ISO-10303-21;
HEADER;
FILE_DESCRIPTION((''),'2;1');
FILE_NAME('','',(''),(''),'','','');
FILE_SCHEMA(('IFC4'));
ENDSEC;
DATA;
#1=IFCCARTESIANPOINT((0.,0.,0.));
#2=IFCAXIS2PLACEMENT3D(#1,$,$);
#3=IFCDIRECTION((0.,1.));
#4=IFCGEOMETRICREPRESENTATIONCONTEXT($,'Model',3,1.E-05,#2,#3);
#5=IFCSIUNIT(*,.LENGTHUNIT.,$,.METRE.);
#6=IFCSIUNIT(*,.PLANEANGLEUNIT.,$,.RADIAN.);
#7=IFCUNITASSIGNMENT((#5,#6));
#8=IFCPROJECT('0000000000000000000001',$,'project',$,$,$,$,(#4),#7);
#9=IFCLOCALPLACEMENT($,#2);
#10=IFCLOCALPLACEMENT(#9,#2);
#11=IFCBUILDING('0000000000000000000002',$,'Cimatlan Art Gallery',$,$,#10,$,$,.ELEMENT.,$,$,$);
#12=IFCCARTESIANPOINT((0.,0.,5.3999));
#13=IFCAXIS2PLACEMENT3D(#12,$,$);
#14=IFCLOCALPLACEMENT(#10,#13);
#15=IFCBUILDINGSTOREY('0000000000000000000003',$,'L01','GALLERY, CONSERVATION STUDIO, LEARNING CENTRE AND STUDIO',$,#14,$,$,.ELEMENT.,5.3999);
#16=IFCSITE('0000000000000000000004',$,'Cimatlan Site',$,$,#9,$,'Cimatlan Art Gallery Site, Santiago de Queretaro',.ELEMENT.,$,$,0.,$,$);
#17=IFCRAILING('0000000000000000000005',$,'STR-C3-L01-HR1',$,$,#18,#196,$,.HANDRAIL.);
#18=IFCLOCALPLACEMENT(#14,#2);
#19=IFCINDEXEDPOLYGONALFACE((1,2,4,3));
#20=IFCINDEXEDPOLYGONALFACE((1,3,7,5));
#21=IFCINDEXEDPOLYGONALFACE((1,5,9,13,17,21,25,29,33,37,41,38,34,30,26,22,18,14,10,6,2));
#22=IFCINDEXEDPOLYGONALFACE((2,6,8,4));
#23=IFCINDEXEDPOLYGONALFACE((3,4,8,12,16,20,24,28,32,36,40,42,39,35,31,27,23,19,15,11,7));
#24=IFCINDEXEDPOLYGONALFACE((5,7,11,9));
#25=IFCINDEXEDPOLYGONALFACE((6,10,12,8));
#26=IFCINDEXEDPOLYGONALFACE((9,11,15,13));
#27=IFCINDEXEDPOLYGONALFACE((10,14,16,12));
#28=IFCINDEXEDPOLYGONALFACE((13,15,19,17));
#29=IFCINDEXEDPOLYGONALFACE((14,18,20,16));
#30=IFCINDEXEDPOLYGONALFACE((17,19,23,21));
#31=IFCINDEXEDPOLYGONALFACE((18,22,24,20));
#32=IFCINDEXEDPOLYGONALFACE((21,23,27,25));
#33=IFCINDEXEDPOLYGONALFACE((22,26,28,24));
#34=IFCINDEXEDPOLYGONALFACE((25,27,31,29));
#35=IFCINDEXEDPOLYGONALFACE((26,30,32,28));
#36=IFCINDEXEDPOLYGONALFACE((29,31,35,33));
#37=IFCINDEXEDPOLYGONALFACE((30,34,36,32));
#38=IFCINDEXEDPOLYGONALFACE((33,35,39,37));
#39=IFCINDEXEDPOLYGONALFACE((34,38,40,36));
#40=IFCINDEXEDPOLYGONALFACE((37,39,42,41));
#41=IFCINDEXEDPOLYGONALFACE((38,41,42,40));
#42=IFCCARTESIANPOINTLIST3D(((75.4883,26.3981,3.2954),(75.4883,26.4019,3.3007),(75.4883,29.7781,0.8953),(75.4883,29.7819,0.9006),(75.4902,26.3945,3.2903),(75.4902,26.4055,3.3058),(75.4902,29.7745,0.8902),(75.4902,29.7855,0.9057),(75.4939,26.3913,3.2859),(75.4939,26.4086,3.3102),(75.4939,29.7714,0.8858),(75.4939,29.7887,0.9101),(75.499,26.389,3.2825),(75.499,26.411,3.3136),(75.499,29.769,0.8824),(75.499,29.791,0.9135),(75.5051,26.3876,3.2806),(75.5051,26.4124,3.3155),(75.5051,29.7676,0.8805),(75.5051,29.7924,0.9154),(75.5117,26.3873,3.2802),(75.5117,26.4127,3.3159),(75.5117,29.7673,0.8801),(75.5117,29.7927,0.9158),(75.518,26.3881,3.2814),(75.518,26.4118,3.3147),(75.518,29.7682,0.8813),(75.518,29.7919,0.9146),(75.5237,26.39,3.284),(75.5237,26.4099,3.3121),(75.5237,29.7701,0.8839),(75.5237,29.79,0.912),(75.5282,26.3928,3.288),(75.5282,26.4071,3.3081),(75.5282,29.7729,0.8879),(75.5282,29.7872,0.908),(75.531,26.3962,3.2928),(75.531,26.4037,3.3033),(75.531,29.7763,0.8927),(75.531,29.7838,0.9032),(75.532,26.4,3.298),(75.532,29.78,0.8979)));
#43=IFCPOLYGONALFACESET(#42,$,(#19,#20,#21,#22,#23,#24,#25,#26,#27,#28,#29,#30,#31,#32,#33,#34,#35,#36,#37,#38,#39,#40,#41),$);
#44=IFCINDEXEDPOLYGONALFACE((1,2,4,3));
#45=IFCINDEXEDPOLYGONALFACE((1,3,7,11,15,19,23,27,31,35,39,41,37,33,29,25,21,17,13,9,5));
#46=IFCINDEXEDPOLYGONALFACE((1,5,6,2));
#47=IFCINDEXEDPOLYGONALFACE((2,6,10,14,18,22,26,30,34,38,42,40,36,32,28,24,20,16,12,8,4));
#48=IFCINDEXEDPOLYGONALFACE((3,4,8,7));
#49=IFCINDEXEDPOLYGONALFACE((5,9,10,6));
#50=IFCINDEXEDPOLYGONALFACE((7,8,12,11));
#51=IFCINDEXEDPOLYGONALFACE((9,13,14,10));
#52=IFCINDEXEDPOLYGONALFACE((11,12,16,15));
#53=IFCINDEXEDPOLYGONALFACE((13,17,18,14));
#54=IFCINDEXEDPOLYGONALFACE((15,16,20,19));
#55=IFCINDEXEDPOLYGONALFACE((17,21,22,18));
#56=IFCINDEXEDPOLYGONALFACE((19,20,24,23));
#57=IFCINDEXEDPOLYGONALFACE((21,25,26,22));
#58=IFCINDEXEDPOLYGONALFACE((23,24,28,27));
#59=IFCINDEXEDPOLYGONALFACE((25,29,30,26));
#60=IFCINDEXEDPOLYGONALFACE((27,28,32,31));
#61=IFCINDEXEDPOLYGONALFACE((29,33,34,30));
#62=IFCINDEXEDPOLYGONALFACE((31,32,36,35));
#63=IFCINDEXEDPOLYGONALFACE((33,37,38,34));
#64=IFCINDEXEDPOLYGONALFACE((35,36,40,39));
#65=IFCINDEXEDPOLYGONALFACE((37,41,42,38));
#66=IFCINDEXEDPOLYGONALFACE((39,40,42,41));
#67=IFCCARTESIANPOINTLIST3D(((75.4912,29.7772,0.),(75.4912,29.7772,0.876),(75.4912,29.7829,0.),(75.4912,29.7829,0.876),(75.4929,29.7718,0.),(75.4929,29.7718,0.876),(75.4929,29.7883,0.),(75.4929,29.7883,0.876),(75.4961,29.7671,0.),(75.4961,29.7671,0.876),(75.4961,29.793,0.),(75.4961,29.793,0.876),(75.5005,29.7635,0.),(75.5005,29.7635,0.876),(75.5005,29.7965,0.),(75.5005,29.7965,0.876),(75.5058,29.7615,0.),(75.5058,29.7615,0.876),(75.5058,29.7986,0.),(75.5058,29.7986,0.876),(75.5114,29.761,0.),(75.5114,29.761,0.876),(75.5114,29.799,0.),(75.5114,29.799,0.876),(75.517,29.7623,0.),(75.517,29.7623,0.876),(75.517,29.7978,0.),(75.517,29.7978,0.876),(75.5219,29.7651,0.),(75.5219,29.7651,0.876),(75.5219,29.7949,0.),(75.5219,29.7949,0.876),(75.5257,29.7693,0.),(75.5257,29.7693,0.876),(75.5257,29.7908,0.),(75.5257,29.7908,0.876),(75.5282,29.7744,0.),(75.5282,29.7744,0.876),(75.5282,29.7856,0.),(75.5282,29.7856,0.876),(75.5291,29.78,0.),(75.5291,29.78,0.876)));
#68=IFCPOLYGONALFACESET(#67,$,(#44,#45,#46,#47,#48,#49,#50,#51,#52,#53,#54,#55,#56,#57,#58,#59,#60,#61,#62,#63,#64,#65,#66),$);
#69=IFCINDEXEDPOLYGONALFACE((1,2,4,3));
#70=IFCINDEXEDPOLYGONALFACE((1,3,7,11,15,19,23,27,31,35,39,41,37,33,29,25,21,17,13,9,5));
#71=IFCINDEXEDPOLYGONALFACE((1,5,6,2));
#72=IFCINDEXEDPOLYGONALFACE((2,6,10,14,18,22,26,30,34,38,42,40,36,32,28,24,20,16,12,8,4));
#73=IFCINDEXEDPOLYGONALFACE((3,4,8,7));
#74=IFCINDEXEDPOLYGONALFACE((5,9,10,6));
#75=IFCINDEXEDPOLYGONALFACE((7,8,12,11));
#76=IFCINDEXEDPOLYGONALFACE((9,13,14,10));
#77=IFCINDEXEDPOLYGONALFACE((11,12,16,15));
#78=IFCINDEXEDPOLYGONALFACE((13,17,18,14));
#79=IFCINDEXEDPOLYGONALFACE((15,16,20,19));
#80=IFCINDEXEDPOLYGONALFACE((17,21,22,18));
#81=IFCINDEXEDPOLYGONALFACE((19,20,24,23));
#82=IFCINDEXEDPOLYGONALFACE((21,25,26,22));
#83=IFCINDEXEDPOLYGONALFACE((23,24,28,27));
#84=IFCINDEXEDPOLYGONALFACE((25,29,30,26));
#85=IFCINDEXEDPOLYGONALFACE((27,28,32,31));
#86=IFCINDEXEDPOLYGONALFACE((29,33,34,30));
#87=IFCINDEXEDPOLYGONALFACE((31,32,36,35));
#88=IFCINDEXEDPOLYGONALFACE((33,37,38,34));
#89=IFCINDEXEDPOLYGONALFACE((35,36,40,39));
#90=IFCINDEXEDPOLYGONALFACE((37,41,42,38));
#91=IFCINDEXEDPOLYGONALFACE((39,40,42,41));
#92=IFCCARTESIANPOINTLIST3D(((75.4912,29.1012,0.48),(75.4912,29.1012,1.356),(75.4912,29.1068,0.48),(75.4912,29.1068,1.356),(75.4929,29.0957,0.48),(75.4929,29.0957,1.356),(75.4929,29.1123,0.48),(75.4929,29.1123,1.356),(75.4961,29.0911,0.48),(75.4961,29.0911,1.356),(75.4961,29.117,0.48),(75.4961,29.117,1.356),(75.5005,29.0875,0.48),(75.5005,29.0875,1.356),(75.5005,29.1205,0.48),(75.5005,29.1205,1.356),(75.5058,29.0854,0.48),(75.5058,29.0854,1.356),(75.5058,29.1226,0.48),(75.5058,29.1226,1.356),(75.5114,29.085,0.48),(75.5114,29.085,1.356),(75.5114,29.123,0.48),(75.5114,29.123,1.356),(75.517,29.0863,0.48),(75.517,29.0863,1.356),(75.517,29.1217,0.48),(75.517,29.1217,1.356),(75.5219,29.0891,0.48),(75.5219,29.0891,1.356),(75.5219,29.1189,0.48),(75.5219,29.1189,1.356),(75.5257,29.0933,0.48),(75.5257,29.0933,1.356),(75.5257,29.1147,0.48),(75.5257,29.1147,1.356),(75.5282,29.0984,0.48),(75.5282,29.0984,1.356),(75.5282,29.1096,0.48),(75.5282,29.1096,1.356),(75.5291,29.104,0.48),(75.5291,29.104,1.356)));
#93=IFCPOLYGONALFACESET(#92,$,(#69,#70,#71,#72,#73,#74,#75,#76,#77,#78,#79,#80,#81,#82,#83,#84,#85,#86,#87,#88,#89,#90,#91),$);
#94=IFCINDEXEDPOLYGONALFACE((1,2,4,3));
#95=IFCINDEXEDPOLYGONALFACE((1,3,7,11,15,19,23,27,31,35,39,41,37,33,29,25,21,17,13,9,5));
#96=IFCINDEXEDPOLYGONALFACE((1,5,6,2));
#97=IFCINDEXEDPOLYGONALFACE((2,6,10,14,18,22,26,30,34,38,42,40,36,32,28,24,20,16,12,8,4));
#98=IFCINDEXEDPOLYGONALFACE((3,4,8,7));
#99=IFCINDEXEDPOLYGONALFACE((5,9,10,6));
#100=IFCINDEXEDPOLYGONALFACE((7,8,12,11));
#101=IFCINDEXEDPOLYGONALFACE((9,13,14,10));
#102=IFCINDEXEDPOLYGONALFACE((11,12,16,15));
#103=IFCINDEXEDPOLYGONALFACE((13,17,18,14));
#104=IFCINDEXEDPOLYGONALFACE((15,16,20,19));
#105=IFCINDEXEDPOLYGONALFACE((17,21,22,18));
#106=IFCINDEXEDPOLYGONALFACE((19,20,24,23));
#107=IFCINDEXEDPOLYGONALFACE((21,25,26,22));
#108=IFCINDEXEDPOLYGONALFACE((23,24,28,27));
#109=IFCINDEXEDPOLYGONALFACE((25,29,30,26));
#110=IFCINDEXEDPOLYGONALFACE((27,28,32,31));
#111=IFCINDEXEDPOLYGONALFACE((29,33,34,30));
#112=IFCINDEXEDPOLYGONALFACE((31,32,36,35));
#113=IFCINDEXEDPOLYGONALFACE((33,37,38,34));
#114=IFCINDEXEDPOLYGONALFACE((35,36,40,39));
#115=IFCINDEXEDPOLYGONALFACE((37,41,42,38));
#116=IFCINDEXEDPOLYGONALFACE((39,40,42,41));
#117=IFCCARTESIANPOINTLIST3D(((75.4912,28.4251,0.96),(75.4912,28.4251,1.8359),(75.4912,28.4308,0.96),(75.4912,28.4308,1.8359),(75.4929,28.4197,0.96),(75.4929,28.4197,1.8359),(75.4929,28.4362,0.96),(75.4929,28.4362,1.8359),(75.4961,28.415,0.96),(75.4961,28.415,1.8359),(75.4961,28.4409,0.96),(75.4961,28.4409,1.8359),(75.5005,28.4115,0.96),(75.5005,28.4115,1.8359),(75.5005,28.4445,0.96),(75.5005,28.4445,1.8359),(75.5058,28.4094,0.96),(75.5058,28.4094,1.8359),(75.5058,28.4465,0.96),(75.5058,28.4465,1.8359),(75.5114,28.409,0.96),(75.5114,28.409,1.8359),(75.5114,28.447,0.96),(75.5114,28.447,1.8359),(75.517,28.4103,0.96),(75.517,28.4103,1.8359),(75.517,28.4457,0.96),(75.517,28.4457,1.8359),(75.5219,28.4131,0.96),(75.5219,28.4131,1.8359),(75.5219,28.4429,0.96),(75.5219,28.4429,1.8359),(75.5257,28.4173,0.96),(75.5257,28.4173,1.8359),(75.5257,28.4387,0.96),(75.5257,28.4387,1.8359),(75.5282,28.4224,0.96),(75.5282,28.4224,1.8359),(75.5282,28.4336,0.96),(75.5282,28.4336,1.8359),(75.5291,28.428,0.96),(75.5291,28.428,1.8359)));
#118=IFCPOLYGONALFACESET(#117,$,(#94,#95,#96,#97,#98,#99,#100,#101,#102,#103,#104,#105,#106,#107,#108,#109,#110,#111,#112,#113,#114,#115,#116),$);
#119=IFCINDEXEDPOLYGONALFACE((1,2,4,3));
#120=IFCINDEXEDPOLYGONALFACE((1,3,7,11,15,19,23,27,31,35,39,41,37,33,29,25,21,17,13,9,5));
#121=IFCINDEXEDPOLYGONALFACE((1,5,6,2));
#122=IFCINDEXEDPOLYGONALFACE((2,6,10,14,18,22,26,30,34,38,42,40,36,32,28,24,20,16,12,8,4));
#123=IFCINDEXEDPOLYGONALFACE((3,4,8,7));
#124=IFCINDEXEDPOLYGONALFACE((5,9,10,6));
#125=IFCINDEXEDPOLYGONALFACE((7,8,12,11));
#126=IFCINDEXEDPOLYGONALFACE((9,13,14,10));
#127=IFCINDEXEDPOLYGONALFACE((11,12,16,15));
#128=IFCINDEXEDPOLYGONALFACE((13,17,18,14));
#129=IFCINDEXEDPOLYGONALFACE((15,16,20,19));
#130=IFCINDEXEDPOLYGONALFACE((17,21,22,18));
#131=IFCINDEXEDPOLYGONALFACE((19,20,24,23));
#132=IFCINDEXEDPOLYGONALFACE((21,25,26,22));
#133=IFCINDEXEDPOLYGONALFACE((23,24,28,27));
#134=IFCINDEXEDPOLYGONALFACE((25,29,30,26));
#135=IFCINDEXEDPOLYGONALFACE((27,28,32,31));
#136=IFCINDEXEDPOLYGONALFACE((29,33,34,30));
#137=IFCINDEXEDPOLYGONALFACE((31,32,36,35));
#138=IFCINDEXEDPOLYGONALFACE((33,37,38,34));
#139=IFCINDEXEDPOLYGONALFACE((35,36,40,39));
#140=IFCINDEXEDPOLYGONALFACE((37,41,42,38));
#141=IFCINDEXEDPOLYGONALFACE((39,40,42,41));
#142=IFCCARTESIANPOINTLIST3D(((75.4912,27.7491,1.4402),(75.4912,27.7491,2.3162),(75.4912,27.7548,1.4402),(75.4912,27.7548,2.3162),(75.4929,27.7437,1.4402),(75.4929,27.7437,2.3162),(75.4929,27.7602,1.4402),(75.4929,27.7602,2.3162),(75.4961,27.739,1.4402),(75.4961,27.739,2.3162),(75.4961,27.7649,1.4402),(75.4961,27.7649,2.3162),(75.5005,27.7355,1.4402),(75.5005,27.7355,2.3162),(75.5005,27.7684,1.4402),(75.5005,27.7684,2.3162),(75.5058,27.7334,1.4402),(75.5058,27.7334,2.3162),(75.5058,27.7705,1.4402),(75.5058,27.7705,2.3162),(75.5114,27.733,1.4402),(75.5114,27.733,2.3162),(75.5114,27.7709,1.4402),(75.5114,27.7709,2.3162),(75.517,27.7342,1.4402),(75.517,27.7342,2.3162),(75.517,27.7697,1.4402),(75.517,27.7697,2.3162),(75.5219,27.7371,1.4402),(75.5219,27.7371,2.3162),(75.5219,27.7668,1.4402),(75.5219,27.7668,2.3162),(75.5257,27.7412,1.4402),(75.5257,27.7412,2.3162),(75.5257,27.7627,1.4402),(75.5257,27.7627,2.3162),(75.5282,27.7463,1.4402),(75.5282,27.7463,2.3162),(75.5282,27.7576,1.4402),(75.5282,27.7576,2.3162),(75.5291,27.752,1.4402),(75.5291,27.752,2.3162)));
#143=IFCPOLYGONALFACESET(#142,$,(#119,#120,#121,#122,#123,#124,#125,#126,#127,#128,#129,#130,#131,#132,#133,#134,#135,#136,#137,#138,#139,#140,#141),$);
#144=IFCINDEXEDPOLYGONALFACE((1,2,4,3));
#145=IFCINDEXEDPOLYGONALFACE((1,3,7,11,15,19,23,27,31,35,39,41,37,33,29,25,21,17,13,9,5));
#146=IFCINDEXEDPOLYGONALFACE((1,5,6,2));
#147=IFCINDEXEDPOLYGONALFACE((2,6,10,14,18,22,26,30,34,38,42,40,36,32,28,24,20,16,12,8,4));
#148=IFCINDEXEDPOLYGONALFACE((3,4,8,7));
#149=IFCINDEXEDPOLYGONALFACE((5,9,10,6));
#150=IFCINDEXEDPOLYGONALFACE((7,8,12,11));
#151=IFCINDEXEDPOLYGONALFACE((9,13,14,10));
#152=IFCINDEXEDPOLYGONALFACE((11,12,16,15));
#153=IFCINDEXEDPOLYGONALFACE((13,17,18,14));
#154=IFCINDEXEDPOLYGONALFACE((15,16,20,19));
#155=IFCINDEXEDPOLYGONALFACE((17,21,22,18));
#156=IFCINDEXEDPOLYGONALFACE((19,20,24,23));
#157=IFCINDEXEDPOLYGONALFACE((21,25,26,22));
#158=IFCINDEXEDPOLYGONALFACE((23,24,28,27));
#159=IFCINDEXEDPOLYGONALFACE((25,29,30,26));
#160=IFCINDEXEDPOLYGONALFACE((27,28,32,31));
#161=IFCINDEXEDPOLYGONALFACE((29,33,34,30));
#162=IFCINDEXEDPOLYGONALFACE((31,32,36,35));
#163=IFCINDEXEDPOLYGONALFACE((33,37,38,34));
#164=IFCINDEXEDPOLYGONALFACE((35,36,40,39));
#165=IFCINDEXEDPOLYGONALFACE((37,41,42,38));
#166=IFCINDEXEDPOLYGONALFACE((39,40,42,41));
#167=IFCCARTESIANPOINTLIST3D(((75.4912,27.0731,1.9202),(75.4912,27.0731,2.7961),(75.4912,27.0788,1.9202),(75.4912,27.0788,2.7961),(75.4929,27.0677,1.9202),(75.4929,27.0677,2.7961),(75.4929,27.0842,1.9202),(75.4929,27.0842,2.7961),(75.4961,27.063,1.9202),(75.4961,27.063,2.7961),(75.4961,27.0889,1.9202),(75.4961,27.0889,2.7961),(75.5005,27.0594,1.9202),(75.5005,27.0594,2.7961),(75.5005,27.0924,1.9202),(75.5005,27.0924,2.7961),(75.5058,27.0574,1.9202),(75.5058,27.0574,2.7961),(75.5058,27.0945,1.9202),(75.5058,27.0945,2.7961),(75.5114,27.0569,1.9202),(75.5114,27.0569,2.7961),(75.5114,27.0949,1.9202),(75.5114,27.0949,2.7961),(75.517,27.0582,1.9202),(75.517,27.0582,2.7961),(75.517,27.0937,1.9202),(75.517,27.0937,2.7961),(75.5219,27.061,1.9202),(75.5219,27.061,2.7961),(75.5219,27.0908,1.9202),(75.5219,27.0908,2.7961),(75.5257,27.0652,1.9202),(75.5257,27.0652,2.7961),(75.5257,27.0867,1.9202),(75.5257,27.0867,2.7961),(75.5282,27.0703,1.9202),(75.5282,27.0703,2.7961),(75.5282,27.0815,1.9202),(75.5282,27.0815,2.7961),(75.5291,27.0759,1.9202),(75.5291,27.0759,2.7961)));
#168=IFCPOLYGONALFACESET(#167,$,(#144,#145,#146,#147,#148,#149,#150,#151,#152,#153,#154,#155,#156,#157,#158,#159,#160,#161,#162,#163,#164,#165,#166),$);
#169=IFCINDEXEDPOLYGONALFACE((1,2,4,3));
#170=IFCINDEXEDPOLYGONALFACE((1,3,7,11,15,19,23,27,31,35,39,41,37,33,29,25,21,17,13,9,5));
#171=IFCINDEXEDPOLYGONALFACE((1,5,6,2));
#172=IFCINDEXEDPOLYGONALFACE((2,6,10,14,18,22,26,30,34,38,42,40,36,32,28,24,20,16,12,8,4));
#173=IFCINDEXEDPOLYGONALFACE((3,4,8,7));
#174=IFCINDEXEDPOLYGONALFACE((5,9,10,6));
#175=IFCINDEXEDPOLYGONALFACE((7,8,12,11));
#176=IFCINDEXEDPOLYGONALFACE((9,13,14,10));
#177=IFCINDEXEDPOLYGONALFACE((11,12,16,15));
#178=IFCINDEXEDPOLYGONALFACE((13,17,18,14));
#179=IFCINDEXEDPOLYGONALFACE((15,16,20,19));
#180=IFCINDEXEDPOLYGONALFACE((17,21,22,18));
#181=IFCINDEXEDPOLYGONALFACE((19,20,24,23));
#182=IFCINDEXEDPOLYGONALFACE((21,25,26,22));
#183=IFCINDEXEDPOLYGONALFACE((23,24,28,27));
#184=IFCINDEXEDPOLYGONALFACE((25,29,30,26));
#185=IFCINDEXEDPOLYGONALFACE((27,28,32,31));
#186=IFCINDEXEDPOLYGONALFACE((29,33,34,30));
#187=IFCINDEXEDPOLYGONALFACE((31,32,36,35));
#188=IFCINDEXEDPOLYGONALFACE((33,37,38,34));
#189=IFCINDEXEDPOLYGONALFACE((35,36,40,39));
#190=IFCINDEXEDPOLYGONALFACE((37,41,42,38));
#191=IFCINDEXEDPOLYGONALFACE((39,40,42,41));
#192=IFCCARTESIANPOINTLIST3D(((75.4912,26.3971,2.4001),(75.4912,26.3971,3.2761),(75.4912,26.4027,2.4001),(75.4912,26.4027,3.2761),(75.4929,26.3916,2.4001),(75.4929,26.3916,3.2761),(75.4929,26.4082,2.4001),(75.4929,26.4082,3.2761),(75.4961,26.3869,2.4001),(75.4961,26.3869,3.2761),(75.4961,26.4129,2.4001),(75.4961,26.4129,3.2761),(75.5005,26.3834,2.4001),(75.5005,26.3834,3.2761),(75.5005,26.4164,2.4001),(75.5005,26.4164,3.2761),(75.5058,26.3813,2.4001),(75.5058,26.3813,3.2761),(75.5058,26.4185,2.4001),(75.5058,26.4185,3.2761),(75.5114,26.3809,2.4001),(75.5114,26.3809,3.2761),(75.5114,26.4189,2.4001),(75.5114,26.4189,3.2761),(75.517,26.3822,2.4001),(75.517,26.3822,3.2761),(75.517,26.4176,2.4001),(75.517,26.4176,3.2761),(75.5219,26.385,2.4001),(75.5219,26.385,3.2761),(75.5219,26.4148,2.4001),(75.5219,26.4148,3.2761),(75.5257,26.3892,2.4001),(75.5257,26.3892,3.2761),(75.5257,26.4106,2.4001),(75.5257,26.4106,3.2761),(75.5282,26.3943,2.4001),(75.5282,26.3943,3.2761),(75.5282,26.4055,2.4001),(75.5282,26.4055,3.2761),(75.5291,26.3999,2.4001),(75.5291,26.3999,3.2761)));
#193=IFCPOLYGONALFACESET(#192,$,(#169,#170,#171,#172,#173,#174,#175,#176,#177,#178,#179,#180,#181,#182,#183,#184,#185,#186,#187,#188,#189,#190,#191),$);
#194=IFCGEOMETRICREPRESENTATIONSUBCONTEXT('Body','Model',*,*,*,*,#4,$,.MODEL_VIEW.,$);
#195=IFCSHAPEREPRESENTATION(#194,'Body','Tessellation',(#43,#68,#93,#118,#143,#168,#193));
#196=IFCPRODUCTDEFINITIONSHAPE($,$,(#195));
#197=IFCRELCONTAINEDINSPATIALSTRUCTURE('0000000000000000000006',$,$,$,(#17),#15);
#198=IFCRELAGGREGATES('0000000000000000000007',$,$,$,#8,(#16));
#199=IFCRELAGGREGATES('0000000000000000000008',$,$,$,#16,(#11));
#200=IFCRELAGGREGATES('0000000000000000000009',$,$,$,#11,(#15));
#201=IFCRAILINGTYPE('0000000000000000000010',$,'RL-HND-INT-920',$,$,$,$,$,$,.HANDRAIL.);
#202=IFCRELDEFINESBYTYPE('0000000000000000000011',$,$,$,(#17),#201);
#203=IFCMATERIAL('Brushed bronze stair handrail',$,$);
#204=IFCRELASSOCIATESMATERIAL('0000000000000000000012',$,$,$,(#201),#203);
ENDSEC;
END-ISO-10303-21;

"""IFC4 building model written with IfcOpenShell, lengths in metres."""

from ifc_helpers import new_model, si_unit, direction, frame, origin, origin_2d, place, context, subcontext, project, spatial, circle, extrude, material, type_object, element, save


model = new_model("IFC4")

# Units and contexts
model_context = context("Model", 3, precision=1e-05, world=origin(), true_north=direction((0.0, 1.0)))
body_context = subcontext(model_context, "Body", "Model", "MODEL_VIEW")
ifc_project = project(units=[si_unit("LENGTHUNIT", "METRE"), si_unit("PLANEANGLEUNIT", "RADIAN")], contexts=[model_context])

# Site, building, storey
site_placement = place(None, origin())
site = spatial("IfcSite", under=ifc_project, at=site_placement, Name="Cimatlan Site", LongName="Cimatlan Art Gallery Site, Santiago de Queretaro", CompositionType="ELEMENT", RefElevation=0.0)
building_placement = place(site_placement, origin())
building = spatial("IfcBuilding", under=site, at=building_placement, Name="Cimatlan Art Gallery", CompositionType="ELEMENT")
storey_placement = place(building_placement, frame((0.0, 0.0, 5.3999)))
storey = spatial("IfcBuildingStorey", under=building, at=storey_placement, Name="L01", Description="GALLERY, CONSERVATION STUDIO, LEARNING CENTRE AND STUDIO", CompositionType="ELEMENT", Elevation=5.3999)

# Railing
ifc_material_1 = material(Name="Brushed bronze stair handrail")
railing_type_1 = type_object("IfcRailingType", Name="RL-HND-INT-920", PredefinedType="HANDRAIL", material=ifc_material_1)
railing_1_placement = place(storey_placement, frame((75.51, 29.78, 0.0)))
element("IfcRailing", 1, at=railing_1_placement, inside=storey, type_object=railing_type_1, Name="STR-C3-L01-HR1", PredefinedType="HANDRAIL", context=body_context, shape_type="SweptSolid", body=[
    extrude(circle(Radius=0.022, at=origin_2d()), frame((0.0, 0.0, 0.8979), z_axis=(0.0, -0.815354, 0.578963), x_axis=(1.0, 0.0, 0.0)), (0.0, 0.0, 1.0), 4.1455),
    extrude(circle(Radius=0.019, at=origin_2d()), origin(), (0.0, 0.0, 1.0), 0.876),
    extrude(circle(Radius=0.019, at=origin_2d()), frame((0.0, -0.676, 0.48)), (0.0, 0.0, 1.0), 0.876),
    extrude(circle(Radius=0.019, at=origin_2d()), frame((0.0, -1.3521, 0.96)), (0.0, 0.0, 1.0), 0.876),
    extrude(circle(Radius=0.019, at=origin_2d()), frame((0.0, -2.0281, 1.4402)), (0.0, 0.0, 1.0), 0.876),
    extrude(circle(Radius=0.019, at=origin_2d()), frame((0.0, -2.7041, 1.9202)), (0.0, 0.0, 1.0), 0.876),
    extrude(circle(Radius=0.019, at=origin_2d()), frame((0.0, -3.3801, 2.4001)), (0.0, 0.0, 1.0), 0.876),
])

save(model, "model.ifc")
